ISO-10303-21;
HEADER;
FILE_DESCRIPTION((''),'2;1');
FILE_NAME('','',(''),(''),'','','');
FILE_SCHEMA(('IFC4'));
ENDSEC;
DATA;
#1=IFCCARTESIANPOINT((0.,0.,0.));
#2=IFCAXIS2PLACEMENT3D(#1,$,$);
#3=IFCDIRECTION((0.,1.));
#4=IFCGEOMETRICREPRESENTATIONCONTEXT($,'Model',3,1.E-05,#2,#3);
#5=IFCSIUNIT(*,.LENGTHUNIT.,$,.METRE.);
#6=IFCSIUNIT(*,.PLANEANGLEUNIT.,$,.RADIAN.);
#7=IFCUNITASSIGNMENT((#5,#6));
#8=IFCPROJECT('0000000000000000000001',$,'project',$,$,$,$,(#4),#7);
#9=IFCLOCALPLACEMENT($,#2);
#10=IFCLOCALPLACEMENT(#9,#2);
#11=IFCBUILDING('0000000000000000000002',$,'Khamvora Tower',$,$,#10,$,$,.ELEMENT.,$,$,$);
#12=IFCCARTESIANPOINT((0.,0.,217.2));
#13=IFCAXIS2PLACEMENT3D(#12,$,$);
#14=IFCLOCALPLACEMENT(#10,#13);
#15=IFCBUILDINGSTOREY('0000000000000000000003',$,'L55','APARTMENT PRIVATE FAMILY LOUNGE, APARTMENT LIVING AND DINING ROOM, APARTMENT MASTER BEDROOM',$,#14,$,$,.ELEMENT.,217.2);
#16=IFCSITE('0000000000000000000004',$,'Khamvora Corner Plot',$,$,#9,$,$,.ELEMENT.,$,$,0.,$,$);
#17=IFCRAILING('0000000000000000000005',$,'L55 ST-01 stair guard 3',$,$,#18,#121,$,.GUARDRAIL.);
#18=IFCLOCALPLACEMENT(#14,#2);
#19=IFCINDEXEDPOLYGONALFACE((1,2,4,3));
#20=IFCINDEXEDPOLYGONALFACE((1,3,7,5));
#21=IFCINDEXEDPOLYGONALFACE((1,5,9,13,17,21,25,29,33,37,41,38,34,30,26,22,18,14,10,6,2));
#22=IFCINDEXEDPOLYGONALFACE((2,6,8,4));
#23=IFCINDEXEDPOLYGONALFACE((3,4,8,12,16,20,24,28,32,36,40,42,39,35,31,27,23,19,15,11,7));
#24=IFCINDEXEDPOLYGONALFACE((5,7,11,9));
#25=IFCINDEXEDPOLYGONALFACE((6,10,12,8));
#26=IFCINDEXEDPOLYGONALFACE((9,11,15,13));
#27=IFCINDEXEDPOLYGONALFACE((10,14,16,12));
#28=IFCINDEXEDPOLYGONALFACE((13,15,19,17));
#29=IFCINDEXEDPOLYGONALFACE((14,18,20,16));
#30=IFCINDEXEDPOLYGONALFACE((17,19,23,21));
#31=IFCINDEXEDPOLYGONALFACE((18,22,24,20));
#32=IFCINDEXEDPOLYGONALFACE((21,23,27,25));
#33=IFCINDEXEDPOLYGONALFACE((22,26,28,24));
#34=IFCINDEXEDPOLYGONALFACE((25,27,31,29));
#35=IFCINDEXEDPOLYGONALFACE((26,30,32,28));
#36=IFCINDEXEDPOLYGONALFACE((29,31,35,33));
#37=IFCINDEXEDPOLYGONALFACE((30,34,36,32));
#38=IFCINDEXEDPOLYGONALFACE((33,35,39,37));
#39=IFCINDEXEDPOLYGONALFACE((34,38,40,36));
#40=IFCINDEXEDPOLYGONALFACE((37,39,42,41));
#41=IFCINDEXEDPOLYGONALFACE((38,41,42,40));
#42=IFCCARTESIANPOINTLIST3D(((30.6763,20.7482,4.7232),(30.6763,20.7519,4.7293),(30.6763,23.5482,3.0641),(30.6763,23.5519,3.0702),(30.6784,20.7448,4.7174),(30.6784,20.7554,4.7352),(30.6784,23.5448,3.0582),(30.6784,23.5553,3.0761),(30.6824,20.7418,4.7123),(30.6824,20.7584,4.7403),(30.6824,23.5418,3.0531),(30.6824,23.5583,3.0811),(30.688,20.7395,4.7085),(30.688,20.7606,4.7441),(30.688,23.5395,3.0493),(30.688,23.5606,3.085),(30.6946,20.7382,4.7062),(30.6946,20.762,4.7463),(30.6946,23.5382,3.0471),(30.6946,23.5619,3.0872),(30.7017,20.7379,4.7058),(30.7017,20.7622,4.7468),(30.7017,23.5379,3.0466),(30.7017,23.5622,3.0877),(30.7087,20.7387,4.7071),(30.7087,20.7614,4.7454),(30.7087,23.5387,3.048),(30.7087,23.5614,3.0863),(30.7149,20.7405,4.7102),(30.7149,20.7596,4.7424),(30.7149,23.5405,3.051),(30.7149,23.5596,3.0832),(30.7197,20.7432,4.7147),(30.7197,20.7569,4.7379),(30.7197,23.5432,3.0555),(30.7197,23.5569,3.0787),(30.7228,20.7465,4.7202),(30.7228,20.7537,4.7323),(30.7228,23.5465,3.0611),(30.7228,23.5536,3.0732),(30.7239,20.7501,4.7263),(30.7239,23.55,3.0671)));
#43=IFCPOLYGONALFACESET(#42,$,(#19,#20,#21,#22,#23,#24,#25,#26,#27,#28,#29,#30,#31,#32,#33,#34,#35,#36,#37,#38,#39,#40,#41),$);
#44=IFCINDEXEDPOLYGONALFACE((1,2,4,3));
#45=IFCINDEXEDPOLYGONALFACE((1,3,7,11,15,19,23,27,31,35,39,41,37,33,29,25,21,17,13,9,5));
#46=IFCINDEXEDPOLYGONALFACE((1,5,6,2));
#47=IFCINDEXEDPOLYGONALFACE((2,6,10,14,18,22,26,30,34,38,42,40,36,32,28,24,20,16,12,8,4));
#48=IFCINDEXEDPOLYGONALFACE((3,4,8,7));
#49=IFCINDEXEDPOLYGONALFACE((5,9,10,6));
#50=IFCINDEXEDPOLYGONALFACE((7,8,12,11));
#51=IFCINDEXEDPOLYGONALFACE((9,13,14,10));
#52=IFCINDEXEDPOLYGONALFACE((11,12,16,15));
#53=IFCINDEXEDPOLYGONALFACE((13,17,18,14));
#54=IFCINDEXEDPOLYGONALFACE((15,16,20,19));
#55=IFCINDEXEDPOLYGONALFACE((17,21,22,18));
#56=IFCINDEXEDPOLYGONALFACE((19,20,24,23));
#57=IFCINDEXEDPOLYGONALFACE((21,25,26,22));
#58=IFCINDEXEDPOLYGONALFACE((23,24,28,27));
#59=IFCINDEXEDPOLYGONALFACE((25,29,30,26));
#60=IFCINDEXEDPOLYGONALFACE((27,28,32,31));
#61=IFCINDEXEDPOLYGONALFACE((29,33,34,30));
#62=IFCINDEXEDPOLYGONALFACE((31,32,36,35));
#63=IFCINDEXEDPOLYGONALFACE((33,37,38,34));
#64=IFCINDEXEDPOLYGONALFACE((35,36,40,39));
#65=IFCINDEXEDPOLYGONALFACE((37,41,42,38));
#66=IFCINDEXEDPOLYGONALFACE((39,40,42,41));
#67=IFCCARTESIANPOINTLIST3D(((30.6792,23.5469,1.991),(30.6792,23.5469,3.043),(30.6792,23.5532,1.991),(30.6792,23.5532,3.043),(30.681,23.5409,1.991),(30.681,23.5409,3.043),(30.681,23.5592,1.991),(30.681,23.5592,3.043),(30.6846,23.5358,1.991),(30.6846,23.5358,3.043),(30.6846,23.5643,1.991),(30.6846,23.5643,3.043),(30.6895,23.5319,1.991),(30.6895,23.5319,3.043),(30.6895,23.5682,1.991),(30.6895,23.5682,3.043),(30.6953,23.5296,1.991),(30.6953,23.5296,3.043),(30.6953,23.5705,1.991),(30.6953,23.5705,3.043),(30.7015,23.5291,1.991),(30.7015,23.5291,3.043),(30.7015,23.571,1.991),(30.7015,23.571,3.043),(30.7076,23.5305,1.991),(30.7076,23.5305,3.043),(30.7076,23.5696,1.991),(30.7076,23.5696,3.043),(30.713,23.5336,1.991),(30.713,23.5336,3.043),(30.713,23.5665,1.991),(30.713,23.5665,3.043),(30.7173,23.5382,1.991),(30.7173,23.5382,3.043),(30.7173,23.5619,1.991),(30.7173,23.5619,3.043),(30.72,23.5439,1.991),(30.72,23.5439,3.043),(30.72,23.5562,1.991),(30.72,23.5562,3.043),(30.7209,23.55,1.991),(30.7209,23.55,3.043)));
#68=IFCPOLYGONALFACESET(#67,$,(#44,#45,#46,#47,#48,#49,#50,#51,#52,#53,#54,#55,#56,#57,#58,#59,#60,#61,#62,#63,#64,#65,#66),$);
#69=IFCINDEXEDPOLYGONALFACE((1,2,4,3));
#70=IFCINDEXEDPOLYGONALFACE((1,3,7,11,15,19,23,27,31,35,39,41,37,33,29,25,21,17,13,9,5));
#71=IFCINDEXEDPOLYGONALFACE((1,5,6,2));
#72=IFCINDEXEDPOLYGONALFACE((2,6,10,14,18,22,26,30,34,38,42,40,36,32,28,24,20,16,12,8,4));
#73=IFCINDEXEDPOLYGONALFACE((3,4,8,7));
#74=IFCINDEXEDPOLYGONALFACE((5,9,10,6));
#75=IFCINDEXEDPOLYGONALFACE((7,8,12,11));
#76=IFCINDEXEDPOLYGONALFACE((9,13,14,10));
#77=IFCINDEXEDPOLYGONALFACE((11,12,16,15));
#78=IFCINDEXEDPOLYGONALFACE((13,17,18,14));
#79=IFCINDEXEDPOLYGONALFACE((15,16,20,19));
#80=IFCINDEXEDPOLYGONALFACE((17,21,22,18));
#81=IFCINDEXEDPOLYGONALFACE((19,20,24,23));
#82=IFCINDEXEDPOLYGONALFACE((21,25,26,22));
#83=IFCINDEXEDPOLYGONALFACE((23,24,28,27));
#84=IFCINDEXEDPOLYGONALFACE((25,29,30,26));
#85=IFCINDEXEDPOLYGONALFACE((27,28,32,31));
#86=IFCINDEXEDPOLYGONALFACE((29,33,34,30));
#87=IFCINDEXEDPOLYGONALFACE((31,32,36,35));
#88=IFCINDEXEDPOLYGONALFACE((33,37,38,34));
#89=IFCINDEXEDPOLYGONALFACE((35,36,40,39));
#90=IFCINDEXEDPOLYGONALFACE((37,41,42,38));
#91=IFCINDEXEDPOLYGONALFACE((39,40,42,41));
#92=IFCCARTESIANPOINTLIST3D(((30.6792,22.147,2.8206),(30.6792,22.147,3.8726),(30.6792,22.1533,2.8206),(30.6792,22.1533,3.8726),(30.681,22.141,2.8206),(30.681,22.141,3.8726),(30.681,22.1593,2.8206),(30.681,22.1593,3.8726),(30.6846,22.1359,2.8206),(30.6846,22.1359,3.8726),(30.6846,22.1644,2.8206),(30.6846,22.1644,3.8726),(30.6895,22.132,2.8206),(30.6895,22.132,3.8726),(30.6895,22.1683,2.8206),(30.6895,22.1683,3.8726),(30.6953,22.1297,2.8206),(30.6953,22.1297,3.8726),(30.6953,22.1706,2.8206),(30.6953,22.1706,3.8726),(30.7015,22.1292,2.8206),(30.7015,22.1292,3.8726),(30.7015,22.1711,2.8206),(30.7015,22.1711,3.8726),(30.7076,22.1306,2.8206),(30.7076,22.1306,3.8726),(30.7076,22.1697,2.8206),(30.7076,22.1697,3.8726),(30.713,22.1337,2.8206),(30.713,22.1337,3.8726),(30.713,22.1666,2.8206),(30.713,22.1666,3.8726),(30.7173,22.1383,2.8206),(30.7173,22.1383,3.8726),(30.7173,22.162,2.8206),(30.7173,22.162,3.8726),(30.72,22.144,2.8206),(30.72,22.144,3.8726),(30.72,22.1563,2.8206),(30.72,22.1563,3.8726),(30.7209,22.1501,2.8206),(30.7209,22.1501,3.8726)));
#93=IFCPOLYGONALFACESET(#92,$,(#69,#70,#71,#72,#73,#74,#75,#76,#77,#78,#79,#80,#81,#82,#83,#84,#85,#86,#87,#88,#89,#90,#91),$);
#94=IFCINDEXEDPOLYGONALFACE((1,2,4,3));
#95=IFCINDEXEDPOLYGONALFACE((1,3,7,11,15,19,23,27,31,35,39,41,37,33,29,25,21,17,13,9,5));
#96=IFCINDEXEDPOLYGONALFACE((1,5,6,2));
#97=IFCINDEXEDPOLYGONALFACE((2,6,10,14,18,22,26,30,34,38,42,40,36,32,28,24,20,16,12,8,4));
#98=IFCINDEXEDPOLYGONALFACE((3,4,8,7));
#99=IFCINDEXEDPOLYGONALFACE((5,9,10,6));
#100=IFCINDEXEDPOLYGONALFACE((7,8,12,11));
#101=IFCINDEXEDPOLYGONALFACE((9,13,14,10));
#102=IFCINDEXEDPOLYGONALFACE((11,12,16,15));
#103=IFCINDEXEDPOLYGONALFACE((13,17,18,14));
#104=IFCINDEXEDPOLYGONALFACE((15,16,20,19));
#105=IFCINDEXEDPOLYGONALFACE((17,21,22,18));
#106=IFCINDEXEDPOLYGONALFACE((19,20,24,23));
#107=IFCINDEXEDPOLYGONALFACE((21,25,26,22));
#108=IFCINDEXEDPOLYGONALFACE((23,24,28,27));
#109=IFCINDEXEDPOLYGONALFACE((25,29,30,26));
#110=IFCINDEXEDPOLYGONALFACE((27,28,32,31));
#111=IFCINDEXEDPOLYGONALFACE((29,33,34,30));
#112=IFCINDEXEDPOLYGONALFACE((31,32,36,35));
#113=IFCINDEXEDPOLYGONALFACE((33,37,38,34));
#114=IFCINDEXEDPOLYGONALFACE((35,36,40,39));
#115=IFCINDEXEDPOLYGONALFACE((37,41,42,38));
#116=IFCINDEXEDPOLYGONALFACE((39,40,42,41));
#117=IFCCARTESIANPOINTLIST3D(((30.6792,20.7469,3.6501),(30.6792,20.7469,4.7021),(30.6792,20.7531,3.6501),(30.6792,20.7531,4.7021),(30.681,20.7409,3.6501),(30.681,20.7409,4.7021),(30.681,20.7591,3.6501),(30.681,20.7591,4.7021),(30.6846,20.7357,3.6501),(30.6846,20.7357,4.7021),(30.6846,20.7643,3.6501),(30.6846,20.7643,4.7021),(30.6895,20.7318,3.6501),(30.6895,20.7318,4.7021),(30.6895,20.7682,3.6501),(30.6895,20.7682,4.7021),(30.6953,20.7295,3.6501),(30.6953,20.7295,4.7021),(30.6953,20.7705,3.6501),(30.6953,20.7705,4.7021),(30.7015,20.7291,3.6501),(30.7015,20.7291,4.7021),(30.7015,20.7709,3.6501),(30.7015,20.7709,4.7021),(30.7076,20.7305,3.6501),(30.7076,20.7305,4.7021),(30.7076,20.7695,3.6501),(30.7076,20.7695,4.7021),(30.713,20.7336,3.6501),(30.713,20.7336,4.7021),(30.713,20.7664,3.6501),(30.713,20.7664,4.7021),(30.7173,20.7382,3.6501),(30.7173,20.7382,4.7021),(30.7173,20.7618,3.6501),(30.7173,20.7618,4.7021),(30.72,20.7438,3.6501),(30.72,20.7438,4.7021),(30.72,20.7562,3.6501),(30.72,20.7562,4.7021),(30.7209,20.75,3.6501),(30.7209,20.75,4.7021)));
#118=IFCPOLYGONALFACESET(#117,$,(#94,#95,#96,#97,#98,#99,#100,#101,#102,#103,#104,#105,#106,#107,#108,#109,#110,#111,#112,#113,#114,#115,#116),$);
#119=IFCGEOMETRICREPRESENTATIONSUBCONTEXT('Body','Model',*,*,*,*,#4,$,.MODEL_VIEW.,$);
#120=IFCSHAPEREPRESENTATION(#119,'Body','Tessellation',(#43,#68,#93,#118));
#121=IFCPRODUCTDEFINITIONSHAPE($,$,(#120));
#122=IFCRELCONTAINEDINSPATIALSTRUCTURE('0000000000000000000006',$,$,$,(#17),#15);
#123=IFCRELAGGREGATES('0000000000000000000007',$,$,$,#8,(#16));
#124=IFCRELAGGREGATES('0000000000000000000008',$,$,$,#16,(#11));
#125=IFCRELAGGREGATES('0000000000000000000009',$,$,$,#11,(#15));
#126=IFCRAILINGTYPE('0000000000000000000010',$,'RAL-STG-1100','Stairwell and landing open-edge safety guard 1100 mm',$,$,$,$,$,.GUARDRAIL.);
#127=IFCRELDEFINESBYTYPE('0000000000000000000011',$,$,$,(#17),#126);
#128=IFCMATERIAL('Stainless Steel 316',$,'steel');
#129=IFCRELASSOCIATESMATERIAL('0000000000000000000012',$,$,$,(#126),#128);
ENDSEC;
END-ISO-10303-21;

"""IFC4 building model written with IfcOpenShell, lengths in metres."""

from ifc_helpers import new_model, si_unit, direction, frame, origin, origin_2d, place, context, subcontext, project, spatial, circle, extrude, material, type_object, element, save


model = new_model("IFC4")

# Units and contexts
model_context = context("Model", 3, precision=1e-05, world=origin(), true_north=direction((0.0, 1.0)))
body_context = subcontext(model_context, "Body", "Model", "MODEL_VIEW")
ifc_project = project(units=[si_unit("LENGTHUNIT", "METRE"), si_unit("PLANEANGLEUNIT", "RADIAN")], contexts=[model_context])

# Site, building, storey
site_placement = place(None, origin())
site = spatial("IfcSite", under=ifc_project, at=site_placement, Name="Khamvora Corner Plot", CompositionType="ELEMENT", RefElevation=0.0)
building_placement = place(site_placement, origin())
building = spatial("IfcBuilding", under=site, at=building_placement, Name="Khamvora Tower", CompositionType="ELEMENT")
storey_placement = place(building_placement, frame((0.0, 0.0, 217.2)))
storey = spatial("IfcBuildingStorey", under=building, at=storey_placement, Name="L55", Description="APARTMENT PRIVATE FAMILY LOUNGE, APARTMENT LIVING AND DINING ROOM, APARTMENT MASTER BEDROOM", CompositionType="ELEMENT", Elevation=217.2)

# Railing
ifc_material_1 = material(Name="Stainless Steel 316", Category="steel")
railing_type_1 = type_object("IfcRailingType", Name="RAL-STG-1100", Description="Stairwell and landing open-edge safety guard 1100 mm", PredefinedType="GUARDRAIL", material=ifc_material_1)
railing_1_placement = place(storey_placement, frame((30.7, 23.55, 1.991)))
element("IfcRailing", 1, at=railing_1_placement, inside=storey, type_object=railing_type_1, Name="L55 ST-01 stair guard 3", PredefinedType="GUARDRAIL", context=body_context, shape_type="SweptSolid", body=[
    extrude(circle(Radius=0.0239, at=origin_2d()), frame((0.0, 0.0, 1.0762), z_axis=(0.0, -0.860306, 0.509778), x_axis=(1.0, 0.0, 0.0)), (0.0, 0.0, 1.0), 3.2546),
    extrude(circle(Radius=0.021, at=origin_2d()), origin(), (0.0, 0.0, 1.0), 1.052),
    extrude(circle(Radius=0.021, at=origin_2d()), frame((0.0, -1.3999, 0.8296)), (0.0, 0.0, 1.0), 1.052),
    extrude(circle(Radius=0.021, at=origin_2d()), frame((0.0, -2.8, 1.6592)), (0.0, 0.0, 1.0), 1.052),
])

save(model, "model.ifc")
